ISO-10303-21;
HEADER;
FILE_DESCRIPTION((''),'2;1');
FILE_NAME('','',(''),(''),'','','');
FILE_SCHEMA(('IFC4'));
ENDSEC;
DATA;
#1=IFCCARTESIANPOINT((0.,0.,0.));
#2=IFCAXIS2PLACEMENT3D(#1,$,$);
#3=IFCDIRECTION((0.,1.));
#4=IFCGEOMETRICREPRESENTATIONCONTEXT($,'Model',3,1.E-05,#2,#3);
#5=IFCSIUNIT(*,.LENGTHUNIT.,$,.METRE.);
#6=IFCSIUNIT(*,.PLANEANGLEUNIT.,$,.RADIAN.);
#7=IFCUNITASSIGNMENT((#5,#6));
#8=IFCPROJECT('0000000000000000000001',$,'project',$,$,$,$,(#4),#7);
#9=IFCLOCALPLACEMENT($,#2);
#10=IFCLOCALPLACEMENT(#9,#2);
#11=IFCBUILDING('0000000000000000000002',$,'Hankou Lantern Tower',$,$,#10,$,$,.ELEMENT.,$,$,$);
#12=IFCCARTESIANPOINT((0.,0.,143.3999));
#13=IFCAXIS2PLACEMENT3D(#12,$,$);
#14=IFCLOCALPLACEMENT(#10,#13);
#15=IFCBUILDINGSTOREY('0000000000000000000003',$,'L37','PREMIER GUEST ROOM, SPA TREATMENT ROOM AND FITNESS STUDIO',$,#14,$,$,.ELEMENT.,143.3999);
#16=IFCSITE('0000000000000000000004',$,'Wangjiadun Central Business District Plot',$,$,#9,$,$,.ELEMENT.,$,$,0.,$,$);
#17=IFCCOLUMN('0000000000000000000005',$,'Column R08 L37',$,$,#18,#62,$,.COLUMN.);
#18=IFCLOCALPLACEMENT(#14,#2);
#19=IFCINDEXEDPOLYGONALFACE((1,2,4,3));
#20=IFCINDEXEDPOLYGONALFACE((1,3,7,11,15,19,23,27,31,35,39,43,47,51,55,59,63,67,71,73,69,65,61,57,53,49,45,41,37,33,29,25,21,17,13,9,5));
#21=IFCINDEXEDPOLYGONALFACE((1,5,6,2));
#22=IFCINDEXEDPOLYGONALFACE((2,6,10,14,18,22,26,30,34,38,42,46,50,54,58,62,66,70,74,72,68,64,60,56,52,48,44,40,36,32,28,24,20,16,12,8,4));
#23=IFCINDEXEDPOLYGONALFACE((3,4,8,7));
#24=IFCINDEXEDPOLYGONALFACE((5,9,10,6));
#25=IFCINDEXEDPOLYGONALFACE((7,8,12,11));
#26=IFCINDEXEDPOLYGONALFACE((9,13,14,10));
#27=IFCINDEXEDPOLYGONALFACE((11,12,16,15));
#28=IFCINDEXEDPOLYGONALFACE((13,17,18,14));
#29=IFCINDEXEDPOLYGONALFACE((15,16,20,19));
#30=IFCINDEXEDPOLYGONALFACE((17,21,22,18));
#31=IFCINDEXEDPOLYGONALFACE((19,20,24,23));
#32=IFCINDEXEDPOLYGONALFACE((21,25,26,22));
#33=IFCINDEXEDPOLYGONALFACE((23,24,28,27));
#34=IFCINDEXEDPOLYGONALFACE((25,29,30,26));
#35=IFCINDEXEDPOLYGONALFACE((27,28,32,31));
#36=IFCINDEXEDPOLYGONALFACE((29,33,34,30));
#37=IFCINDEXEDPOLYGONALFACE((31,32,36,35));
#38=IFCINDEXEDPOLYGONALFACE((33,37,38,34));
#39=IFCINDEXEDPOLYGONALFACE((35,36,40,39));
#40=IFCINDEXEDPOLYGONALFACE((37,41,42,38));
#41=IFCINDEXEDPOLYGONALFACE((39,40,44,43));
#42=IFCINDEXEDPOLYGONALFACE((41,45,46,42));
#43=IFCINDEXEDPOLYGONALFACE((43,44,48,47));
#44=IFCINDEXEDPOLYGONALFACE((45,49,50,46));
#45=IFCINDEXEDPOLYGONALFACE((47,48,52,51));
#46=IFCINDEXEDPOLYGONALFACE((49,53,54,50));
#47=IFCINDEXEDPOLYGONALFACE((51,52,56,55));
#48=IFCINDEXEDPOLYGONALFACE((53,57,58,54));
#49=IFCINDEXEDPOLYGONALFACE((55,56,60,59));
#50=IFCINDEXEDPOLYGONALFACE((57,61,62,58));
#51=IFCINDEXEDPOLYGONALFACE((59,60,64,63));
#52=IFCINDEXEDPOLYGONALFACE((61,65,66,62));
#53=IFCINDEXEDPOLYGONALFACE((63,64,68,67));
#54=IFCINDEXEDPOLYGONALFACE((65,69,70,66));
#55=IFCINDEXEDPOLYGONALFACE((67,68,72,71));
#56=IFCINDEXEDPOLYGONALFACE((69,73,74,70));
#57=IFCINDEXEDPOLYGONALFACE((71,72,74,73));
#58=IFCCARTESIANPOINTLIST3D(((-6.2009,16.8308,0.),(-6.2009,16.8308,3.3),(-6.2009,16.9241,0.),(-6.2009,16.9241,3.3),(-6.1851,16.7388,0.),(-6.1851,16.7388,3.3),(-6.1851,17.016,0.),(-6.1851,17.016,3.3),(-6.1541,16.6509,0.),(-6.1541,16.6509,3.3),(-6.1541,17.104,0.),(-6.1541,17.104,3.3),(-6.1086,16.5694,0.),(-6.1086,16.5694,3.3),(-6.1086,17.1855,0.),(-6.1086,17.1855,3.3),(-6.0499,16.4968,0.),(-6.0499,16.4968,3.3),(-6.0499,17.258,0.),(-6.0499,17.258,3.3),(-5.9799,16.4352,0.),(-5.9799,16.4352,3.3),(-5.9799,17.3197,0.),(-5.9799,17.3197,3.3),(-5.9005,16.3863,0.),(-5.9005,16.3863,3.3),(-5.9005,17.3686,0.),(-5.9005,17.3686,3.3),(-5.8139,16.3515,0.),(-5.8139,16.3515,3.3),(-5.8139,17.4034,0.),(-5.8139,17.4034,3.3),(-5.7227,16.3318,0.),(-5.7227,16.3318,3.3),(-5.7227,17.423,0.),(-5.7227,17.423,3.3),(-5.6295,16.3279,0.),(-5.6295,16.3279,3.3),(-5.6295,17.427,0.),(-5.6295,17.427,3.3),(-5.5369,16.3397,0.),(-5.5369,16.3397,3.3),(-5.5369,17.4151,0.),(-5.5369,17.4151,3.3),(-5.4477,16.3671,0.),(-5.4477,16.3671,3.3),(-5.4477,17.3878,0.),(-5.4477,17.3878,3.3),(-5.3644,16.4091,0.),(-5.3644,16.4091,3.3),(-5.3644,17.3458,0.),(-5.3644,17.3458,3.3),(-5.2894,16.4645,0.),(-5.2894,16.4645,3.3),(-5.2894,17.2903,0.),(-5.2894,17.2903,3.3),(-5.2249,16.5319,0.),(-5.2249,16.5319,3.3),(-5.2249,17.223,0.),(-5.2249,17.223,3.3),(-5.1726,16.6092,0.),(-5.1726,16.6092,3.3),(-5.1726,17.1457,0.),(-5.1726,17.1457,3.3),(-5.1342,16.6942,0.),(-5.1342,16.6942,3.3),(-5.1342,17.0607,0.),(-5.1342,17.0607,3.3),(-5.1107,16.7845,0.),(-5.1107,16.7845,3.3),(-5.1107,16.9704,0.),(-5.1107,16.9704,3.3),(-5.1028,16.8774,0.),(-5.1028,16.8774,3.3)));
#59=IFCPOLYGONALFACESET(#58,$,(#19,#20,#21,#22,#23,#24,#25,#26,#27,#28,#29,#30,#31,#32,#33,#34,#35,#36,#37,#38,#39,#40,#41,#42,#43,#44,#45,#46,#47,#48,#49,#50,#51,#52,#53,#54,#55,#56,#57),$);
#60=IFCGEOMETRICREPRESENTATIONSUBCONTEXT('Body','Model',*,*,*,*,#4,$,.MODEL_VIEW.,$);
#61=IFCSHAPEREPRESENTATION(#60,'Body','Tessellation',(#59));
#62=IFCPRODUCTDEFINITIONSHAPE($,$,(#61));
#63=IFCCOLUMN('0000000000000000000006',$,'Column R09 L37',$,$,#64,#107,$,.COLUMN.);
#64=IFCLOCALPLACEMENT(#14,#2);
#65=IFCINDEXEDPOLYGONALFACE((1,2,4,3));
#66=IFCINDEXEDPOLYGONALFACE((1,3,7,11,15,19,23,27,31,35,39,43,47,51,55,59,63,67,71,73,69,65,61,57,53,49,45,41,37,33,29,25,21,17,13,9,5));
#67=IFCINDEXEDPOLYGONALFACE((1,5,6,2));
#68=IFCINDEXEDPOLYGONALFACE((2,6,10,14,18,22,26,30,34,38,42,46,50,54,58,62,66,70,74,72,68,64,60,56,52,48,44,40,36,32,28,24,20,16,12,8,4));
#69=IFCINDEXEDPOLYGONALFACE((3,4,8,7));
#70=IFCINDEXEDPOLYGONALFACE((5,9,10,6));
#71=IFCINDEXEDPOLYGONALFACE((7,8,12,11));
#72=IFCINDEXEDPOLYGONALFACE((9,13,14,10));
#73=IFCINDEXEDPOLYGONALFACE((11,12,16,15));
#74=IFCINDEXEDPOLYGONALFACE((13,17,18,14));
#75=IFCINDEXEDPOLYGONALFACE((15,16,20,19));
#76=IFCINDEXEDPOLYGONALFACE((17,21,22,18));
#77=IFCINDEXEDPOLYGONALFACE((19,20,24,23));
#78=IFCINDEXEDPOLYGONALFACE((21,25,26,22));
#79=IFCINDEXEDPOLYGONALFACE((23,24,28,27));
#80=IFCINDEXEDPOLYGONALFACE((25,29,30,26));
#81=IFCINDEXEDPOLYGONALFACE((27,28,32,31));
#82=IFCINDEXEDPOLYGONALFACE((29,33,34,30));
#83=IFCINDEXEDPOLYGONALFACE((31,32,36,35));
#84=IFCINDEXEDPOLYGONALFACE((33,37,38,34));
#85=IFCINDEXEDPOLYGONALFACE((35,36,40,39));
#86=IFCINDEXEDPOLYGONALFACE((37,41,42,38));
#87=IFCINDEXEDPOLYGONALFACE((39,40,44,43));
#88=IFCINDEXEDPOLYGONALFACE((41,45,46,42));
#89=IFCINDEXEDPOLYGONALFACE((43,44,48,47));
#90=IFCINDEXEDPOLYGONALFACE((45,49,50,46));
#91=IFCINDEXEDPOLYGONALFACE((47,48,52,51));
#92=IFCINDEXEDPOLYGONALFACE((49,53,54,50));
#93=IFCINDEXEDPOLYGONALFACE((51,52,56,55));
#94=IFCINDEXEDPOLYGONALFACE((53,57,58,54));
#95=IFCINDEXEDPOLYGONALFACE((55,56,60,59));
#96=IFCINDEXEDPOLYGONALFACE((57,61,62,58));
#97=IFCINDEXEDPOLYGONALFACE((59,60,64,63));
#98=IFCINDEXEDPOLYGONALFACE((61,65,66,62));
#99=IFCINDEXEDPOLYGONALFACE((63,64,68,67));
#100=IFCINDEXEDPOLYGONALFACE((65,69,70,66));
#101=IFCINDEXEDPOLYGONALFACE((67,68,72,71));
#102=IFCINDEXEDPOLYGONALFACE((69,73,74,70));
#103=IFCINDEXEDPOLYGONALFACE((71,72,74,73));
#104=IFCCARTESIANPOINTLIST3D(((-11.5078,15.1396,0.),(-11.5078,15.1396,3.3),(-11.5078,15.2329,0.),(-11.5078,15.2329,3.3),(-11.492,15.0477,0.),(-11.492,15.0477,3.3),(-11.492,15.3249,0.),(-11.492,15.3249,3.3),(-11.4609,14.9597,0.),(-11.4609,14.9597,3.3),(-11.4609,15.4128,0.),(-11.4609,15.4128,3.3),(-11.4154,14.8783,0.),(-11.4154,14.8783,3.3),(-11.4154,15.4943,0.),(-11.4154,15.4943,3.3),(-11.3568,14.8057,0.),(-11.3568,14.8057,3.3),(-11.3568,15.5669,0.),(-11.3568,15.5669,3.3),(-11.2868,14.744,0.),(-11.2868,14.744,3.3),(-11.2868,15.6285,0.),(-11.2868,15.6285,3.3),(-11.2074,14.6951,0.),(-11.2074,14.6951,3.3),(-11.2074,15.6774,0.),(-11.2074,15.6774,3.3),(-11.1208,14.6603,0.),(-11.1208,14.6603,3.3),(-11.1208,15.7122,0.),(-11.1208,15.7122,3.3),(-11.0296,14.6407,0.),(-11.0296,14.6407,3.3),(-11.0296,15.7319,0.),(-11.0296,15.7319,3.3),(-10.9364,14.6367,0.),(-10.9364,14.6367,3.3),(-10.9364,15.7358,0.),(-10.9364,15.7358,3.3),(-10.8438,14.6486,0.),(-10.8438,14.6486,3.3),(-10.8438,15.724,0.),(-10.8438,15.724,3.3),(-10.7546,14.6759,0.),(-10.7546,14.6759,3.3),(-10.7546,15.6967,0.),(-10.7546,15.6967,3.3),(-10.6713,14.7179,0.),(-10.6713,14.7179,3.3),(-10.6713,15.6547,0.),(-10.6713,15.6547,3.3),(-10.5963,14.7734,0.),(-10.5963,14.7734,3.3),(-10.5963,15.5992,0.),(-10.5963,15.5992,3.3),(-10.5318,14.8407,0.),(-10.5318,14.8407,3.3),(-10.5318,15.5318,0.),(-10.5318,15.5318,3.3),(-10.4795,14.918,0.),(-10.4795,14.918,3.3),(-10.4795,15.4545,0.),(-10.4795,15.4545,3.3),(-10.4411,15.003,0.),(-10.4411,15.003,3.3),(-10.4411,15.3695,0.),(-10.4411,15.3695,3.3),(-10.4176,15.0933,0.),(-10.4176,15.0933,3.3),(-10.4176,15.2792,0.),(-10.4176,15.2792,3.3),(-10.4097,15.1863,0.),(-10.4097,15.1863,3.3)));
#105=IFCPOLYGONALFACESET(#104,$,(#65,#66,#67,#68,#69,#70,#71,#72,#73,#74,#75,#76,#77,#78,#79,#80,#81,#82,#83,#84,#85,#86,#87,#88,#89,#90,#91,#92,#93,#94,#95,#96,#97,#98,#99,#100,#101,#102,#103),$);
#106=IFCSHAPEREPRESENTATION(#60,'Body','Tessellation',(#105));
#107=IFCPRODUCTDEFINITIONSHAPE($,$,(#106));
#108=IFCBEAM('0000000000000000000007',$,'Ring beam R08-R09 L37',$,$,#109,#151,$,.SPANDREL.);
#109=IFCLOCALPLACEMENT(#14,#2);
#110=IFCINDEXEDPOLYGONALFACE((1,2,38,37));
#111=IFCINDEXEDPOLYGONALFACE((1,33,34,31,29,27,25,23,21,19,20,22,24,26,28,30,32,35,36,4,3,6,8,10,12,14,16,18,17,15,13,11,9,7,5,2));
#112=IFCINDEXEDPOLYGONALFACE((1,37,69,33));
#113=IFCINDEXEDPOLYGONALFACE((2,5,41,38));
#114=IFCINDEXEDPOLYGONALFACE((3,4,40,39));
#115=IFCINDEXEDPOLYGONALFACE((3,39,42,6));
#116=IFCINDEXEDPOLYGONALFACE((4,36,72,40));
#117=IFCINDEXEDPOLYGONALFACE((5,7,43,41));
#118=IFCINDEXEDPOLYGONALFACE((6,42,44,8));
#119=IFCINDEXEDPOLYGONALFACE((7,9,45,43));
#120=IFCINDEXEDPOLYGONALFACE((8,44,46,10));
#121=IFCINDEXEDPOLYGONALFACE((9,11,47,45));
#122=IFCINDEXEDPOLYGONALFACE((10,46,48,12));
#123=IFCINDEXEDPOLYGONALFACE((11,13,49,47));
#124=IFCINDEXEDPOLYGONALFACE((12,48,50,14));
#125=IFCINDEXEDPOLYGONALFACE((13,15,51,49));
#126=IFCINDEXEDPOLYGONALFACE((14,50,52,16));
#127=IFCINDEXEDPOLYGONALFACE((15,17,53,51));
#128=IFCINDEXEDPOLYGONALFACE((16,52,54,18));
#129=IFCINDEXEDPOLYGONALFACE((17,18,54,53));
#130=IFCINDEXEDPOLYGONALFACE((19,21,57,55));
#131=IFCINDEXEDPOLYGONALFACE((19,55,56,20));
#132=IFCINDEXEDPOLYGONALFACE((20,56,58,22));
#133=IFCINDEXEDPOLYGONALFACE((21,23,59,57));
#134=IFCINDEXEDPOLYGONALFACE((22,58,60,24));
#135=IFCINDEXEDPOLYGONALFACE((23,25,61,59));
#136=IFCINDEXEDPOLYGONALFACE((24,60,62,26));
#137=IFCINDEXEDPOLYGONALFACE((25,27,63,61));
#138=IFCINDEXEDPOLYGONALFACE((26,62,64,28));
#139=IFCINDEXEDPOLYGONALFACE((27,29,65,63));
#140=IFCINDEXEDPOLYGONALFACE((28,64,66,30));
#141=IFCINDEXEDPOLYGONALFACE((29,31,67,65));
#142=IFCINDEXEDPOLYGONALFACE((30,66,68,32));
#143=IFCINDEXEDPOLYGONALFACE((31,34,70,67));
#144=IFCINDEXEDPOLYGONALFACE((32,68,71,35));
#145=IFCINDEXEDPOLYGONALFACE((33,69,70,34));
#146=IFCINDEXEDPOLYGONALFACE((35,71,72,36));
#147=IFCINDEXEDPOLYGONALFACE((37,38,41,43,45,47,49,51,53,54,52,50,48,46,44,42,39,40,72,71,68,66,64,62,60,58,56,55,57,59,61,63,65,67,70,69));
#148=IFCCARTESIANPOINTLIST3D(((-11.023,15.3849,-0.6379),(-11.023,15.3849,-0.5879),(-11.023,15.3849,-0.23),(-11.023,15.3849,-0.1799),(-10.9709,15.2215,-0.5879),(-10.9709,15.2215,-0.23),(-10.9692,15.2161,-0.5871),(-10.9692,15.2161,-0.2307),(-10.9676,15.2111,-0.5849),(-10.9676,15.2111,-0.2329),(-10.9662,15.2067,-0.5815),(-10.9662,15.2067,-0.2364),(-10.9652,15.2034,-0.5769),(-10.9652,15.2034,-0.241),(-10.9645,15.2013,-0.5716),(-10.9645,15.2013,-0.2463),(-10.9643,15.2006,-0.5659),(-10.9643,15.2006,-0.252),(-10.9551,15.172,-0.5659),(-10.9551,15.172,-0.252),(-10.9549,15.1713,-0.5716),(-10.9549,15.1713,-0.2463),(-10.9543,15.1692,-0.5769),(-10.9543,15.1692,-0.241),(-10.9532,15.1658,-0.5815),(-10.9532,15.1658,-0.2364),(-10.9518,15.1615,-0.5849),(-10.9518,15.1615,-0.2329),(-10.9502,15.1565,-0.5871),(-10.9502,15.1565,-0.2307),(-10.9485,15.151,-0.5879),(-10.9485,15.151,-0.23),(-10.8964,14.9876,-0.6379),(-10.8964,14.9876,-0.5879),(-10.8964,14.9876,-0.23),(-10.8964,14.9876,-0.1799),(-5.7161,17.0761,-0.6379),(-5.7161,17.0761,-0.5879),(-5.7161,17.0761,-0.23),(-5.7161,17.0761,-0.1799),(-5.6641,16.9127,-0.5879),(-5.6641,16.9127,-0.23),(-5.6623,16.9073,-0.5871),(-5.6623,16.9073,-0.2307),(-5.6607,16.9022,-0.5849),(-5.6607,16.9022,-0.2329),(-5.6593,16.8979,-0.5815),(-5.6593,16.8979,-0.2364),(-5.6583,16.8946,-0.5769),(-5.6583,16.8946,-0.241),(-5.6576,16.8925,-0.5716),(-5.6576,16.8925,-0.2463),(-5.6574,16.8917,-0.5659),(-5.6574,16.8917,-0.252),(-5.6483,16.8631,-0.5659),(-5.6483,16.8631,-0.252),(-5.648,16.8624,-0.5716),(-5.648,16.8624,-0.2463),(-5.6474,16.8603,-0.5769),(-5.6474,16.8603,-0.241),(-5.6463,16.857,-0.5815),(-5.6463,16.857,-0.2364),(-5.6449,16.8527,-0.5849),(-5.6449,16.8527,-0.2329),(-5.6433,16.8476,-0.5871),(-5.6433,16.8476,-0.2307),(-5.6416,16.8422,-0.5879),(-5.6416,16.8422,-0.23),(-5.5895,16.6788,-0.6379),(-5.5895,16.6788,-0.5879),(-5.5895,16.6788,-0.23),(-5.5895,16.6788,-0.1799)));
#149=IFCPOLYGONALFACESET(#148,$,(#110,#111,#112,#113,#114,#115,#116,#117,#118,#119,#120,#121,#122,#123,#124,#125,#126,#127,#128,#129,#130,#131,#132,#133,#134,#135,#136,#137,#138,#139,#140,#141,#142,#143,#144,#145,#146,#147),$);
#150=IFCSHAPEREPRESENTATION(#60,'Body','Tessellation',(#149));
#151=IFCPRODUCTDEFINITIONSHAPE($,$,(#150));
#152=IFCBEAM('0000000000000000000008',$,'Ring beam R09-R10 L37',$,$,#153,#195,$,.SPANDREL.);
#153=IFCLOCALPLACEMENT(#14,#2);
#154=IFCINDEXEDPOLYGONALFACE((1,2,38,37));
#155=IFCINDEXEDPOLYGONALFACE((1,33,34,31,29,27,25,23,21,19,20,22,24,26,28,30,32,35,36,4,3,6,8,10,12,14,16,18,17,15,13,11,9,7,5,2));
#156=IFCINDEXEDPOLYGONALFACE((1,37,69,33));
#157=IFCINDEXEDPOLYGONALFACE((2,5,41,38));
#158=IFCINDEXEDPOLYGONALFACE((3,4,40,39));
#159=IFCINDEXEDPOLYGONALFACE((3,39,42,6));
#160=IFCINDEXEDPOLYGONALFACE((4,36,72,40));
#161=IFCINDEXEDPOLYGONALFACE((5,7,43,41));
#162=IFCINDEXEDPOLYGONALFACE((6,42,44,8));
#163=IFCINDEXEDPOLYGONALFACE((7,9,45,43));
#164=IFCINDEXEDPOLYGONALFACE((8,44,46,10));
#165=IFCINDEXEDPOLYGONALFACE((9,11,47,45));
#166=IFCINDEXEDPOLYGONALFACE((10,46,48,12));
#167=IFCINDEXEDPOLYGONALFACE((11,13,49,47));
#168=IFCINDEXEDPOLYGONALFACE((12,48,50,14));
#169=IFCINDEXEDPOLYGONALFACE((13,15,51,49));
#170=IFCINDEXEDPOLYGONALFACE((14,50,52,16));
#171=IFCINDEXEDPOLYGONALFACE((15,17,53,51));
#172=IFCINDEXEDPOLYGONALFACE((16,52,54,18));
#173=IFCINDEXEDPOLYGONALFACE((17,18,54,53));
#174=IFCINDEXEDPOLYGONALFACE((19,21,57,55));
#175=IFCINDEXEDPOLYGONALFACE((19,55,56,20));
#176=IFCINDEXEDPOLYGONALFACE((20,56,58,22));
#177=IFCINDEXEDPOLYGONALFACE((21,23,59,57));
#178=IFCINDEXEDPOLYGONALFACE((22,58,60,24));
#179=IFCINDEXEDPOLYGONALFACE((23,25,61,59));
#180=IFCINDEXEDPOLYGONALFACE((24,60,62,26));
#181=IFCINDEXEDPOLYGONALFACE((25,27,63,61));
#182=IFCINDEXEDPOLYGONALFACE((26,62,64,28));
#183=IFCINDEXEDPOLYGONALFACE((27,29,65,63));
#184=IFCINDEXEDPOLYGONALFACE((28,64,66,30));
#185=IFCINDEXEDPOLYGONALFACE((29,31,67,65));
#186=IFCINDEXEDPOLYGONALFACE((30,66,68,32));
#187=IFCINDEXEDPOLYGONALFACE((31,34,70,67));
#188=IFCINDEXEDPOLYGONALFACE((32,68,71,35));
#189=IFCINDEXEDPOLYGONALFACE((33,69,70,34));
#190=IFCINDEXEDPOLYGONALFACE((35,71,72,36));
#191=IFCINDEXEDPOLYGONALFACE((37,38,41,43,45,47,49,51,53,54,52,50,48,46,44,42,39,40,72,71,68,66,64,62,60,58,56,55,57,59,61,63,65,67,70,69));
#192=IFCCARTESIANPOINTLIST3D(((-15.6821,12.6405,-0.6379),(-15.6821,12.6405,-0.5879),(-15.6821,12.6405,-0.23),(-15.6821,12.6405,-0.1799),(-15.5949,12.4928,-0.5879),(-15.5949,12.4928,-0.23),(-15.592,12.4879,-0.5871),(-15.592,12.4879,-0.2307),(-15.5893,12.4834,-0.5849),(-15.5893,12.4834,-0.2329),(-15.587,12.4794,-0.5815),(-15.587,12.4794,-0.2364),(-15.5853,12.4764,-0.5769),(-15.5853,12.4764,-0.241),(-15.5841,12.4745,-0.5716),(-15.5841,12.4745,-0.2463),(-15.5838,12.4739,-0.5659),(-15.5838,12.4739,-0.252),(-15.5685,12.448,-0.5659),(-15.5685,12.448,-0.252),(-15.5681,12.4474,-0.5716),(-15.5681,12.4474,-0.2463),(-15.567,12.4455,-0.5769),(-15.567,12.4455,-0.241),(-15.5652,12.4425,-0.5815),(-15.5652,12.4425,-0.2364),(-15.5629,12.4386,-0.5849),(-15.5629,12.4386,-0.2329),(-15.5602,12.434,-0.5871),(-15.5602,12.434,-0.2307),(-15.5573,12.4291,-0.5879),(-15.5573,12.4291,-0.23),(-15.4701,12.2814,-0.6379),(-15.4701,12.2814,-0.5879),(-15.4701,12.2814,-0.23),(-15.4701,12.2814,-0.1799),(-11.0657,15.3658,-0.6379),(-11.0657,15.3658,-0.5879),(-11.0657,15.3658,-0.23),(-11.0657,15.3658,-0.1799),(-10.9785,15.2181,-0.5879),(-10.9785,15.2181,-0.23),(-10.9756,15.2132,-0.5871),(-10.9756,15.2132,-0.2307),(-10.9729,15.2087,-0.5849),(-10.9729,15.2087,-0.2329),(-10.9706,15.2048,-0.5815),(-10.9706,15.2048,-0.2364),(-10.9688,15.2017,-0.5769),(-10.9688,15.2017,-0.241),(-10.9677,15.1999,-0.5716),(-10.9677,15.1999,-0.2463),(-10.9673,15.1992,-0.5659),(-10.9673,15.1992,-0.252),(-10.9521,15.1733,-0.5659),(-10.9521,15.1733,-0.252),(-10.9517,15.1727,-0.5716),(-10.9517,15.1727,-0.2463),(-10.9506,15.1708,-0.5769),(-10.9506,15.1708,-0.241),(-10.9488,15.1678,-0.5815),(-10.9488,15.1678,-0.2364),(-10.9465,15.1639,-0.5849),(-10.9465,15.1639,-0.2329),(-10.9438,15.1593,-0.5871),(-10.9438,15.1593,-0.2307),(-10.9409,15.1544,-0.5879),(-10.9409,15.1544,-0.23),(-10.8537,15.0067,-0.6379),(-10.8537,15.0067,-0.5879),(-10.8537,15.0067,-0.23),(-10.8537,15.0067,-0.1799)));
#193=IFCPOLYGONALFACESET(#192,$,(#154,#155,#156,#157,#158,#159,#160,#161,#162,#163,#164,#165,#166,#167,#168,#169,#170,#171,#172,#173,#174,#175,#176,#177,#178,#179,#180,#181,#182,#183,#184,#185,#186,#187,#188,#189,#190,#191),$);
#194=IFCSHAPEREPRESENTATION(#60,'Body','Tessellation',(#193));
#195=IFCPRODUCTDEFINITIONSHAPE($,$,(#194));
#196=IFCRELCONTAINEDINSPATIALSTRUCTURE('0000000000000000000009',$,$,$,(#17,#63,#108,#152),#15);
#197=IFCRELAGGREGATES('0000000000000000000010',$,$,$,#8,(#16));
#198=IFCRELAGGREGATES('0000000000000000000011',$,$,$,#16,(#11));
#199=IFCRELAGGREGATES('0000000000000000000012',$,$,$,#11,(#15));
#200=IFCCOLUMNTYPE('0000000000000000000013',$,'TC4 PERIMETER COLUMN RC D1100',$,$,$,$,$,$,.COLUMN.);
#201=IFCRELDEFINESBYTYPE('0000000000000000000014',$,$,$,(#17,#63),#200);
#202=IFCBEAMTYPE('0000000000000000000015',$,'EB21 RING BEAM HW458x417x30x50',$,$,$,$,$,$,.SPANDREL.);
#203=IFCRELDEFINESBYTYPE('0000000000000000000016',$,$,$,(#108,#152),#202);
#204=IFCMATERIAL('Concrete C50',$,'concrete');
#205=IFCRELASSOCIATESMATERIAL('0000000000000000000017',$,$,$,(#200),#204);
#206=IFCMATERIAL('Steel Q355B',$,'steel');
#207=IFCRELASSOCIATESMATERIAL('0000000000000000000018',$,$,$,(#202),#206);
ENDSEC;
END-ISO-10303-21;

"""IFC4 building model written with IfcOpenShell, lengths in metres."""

from ifc_helpers import new_model, si_unit, direction, frame, origin, origin_2d, place, context, subcontext, project, spatial, circle, i_section, extrude, material, material_profile, profile_set, type_object, element, save


model = new_model("IFC4")

# Units and contexts
model_context = context("Model", 3, precision=1e-05, world=origin(), true_north=direction((0.0, 1.0)))
body_context = subcontext(model_context, "Body", "Model", "MODEL_VIEW")
ifc_project = project(units=[si_unit("LENGTHUNIT", "METRE"), si_unit("PLANEANGLEUNIT", "RADIAN")], contexts=[model_context])

# Site, building, storey
site_placement = place(None, origin())
site = spatial("IfcSite", under=ifc_project, at=site_placement, Name="Wangjiadun Central Business District Plot", CompositionType="ELEMENT", RefElevation=0.0)
building_placement = place(site_placement, origin())
building = spatial("IfcBuilding", under=site, at=building_placement, Name="Hankou Lantern Tower", CompositionType="ELEMENT")
storey_placement = place(building_placement, frame((0.0, 0.0, 143.3999)))
storey = spatial("IfcBuildingStorey", under=building, at=storey_placement, Name="L37", Description="PREMIER GUEST ROOM, SPA TREATMENT ROOM AND FITNESS STUDIO", CompositionType="ELEMENT", Elevation=143.3999)

# Columns
ifc_material_1 = material(Name="Concrete C50", Category="concrete")
ifc_material_profile_1 = material_profile(ifc_material_1, circle(Radius=0.55, at=origin_2d()), Name="RC D1100")
ifc_profile_set_1 = profile_set([ifc_material_profile_1], Name="Concrete C50")
column_type = type_object("IfcColumnType", Name="TC4 PERIMETER COLUMN RC D1100", PredefinedType="COLUMN", material=ifc_profile_set_1)
for number, where, z_axis, x_axis, name in (
    (1, (-5.6528, 16.8774, 0.0), (0.0, 0.0, 1.0), (1.0, 0.0, 0.0), "Column R08 L37"),
    (2, (-10.9597, 15.1863, 0.0), (0.0, 0.0, 1.0), (1.0, 0.0, 0.0), "Column R09 L37"),
):
    element("IfcColumn", number, at=place(storey_placement, frame(where, z_axis=z_axis, x_axis=x_axis)), inside=storey, type_object=column_type, Name=name, PredefinedType="COLUMN", context=body_context, shape_type="SweptSolid", body=[
        extrude(circle(Radius=0.55, at=origin_2d()), origin(), (0.0, 0.0, 1.0), 3.3),
    ])

# Beams
ifc_material_2 = material(Name="Steel Q355B", Category="steel")
ifc_material_profile_2 = material_profile(ifc_material_2, i_section(OverallWidth=0.417, OverallDepth=0.458, WebThickness=0.03, FlangeThickness=0.05, FilletRadius=0.022, at=origin_2d()), Name="HW458x417x30x50")
ifc_profile_set_2 = profile_set([ifc_material_profile_2], Name="Steel Q355B")
beam_type_1 = type_object("IfcBeamType", Name="EB21 RING BEAM HW458x417x30x50", PredefinedType="SPANDREL", material=ifc_profile_set_2)
beam_1_placement = place(storey_placement, frame((-5.6528, 16.8774, -0.4089), z_axis=(-0.95279, -0.303629, 0.0), x_axis=(0.303629, -0.95279, 0.0)))
element("IfcBeam", 3, at=beam_1_placement, inside=storey, type_object=beam_type_1, Name="Ring beam R08-R09 L37", PredefinedType="SPANDREL", context=body_context, shape_type="SweptSolid", body=[
    extrude(i_section(OverallWidth=0.417, OverallDepth=0.458, WebThickness=0.03, FlangeThickness=0.05, FilletRadius=0.022, at=origin_2d()), origin(), (0.0, 0.0, 1.0), 5.5698),
])
beam_2_placement = place(storey_placement, frame((-10.9597, 15.1863, -0.4089), z_axis=(-0.861136, -0.508375, 0.0), x_axis=(0.508375, -0.861136, 0.0)))
element("IfcBeam", 4, at=beam_2_placement, inside=storey, type_object=beam_type_1, Name="Ring beam R09-R10 L37", PredefinedType="SPANDREL", context=body_context, shape_type="SweptSolid", body=[
    extrude(i_section(OverallWidth=0.417, OverallDepth=0.458, WebThickness=0.03, FlangeThickness=0.05, FilletRadius=0.022, at=origin_2d()), origin(), (0.0, 0.0, 1.0), 5.3608),
])

save(model, "model.ifc")
